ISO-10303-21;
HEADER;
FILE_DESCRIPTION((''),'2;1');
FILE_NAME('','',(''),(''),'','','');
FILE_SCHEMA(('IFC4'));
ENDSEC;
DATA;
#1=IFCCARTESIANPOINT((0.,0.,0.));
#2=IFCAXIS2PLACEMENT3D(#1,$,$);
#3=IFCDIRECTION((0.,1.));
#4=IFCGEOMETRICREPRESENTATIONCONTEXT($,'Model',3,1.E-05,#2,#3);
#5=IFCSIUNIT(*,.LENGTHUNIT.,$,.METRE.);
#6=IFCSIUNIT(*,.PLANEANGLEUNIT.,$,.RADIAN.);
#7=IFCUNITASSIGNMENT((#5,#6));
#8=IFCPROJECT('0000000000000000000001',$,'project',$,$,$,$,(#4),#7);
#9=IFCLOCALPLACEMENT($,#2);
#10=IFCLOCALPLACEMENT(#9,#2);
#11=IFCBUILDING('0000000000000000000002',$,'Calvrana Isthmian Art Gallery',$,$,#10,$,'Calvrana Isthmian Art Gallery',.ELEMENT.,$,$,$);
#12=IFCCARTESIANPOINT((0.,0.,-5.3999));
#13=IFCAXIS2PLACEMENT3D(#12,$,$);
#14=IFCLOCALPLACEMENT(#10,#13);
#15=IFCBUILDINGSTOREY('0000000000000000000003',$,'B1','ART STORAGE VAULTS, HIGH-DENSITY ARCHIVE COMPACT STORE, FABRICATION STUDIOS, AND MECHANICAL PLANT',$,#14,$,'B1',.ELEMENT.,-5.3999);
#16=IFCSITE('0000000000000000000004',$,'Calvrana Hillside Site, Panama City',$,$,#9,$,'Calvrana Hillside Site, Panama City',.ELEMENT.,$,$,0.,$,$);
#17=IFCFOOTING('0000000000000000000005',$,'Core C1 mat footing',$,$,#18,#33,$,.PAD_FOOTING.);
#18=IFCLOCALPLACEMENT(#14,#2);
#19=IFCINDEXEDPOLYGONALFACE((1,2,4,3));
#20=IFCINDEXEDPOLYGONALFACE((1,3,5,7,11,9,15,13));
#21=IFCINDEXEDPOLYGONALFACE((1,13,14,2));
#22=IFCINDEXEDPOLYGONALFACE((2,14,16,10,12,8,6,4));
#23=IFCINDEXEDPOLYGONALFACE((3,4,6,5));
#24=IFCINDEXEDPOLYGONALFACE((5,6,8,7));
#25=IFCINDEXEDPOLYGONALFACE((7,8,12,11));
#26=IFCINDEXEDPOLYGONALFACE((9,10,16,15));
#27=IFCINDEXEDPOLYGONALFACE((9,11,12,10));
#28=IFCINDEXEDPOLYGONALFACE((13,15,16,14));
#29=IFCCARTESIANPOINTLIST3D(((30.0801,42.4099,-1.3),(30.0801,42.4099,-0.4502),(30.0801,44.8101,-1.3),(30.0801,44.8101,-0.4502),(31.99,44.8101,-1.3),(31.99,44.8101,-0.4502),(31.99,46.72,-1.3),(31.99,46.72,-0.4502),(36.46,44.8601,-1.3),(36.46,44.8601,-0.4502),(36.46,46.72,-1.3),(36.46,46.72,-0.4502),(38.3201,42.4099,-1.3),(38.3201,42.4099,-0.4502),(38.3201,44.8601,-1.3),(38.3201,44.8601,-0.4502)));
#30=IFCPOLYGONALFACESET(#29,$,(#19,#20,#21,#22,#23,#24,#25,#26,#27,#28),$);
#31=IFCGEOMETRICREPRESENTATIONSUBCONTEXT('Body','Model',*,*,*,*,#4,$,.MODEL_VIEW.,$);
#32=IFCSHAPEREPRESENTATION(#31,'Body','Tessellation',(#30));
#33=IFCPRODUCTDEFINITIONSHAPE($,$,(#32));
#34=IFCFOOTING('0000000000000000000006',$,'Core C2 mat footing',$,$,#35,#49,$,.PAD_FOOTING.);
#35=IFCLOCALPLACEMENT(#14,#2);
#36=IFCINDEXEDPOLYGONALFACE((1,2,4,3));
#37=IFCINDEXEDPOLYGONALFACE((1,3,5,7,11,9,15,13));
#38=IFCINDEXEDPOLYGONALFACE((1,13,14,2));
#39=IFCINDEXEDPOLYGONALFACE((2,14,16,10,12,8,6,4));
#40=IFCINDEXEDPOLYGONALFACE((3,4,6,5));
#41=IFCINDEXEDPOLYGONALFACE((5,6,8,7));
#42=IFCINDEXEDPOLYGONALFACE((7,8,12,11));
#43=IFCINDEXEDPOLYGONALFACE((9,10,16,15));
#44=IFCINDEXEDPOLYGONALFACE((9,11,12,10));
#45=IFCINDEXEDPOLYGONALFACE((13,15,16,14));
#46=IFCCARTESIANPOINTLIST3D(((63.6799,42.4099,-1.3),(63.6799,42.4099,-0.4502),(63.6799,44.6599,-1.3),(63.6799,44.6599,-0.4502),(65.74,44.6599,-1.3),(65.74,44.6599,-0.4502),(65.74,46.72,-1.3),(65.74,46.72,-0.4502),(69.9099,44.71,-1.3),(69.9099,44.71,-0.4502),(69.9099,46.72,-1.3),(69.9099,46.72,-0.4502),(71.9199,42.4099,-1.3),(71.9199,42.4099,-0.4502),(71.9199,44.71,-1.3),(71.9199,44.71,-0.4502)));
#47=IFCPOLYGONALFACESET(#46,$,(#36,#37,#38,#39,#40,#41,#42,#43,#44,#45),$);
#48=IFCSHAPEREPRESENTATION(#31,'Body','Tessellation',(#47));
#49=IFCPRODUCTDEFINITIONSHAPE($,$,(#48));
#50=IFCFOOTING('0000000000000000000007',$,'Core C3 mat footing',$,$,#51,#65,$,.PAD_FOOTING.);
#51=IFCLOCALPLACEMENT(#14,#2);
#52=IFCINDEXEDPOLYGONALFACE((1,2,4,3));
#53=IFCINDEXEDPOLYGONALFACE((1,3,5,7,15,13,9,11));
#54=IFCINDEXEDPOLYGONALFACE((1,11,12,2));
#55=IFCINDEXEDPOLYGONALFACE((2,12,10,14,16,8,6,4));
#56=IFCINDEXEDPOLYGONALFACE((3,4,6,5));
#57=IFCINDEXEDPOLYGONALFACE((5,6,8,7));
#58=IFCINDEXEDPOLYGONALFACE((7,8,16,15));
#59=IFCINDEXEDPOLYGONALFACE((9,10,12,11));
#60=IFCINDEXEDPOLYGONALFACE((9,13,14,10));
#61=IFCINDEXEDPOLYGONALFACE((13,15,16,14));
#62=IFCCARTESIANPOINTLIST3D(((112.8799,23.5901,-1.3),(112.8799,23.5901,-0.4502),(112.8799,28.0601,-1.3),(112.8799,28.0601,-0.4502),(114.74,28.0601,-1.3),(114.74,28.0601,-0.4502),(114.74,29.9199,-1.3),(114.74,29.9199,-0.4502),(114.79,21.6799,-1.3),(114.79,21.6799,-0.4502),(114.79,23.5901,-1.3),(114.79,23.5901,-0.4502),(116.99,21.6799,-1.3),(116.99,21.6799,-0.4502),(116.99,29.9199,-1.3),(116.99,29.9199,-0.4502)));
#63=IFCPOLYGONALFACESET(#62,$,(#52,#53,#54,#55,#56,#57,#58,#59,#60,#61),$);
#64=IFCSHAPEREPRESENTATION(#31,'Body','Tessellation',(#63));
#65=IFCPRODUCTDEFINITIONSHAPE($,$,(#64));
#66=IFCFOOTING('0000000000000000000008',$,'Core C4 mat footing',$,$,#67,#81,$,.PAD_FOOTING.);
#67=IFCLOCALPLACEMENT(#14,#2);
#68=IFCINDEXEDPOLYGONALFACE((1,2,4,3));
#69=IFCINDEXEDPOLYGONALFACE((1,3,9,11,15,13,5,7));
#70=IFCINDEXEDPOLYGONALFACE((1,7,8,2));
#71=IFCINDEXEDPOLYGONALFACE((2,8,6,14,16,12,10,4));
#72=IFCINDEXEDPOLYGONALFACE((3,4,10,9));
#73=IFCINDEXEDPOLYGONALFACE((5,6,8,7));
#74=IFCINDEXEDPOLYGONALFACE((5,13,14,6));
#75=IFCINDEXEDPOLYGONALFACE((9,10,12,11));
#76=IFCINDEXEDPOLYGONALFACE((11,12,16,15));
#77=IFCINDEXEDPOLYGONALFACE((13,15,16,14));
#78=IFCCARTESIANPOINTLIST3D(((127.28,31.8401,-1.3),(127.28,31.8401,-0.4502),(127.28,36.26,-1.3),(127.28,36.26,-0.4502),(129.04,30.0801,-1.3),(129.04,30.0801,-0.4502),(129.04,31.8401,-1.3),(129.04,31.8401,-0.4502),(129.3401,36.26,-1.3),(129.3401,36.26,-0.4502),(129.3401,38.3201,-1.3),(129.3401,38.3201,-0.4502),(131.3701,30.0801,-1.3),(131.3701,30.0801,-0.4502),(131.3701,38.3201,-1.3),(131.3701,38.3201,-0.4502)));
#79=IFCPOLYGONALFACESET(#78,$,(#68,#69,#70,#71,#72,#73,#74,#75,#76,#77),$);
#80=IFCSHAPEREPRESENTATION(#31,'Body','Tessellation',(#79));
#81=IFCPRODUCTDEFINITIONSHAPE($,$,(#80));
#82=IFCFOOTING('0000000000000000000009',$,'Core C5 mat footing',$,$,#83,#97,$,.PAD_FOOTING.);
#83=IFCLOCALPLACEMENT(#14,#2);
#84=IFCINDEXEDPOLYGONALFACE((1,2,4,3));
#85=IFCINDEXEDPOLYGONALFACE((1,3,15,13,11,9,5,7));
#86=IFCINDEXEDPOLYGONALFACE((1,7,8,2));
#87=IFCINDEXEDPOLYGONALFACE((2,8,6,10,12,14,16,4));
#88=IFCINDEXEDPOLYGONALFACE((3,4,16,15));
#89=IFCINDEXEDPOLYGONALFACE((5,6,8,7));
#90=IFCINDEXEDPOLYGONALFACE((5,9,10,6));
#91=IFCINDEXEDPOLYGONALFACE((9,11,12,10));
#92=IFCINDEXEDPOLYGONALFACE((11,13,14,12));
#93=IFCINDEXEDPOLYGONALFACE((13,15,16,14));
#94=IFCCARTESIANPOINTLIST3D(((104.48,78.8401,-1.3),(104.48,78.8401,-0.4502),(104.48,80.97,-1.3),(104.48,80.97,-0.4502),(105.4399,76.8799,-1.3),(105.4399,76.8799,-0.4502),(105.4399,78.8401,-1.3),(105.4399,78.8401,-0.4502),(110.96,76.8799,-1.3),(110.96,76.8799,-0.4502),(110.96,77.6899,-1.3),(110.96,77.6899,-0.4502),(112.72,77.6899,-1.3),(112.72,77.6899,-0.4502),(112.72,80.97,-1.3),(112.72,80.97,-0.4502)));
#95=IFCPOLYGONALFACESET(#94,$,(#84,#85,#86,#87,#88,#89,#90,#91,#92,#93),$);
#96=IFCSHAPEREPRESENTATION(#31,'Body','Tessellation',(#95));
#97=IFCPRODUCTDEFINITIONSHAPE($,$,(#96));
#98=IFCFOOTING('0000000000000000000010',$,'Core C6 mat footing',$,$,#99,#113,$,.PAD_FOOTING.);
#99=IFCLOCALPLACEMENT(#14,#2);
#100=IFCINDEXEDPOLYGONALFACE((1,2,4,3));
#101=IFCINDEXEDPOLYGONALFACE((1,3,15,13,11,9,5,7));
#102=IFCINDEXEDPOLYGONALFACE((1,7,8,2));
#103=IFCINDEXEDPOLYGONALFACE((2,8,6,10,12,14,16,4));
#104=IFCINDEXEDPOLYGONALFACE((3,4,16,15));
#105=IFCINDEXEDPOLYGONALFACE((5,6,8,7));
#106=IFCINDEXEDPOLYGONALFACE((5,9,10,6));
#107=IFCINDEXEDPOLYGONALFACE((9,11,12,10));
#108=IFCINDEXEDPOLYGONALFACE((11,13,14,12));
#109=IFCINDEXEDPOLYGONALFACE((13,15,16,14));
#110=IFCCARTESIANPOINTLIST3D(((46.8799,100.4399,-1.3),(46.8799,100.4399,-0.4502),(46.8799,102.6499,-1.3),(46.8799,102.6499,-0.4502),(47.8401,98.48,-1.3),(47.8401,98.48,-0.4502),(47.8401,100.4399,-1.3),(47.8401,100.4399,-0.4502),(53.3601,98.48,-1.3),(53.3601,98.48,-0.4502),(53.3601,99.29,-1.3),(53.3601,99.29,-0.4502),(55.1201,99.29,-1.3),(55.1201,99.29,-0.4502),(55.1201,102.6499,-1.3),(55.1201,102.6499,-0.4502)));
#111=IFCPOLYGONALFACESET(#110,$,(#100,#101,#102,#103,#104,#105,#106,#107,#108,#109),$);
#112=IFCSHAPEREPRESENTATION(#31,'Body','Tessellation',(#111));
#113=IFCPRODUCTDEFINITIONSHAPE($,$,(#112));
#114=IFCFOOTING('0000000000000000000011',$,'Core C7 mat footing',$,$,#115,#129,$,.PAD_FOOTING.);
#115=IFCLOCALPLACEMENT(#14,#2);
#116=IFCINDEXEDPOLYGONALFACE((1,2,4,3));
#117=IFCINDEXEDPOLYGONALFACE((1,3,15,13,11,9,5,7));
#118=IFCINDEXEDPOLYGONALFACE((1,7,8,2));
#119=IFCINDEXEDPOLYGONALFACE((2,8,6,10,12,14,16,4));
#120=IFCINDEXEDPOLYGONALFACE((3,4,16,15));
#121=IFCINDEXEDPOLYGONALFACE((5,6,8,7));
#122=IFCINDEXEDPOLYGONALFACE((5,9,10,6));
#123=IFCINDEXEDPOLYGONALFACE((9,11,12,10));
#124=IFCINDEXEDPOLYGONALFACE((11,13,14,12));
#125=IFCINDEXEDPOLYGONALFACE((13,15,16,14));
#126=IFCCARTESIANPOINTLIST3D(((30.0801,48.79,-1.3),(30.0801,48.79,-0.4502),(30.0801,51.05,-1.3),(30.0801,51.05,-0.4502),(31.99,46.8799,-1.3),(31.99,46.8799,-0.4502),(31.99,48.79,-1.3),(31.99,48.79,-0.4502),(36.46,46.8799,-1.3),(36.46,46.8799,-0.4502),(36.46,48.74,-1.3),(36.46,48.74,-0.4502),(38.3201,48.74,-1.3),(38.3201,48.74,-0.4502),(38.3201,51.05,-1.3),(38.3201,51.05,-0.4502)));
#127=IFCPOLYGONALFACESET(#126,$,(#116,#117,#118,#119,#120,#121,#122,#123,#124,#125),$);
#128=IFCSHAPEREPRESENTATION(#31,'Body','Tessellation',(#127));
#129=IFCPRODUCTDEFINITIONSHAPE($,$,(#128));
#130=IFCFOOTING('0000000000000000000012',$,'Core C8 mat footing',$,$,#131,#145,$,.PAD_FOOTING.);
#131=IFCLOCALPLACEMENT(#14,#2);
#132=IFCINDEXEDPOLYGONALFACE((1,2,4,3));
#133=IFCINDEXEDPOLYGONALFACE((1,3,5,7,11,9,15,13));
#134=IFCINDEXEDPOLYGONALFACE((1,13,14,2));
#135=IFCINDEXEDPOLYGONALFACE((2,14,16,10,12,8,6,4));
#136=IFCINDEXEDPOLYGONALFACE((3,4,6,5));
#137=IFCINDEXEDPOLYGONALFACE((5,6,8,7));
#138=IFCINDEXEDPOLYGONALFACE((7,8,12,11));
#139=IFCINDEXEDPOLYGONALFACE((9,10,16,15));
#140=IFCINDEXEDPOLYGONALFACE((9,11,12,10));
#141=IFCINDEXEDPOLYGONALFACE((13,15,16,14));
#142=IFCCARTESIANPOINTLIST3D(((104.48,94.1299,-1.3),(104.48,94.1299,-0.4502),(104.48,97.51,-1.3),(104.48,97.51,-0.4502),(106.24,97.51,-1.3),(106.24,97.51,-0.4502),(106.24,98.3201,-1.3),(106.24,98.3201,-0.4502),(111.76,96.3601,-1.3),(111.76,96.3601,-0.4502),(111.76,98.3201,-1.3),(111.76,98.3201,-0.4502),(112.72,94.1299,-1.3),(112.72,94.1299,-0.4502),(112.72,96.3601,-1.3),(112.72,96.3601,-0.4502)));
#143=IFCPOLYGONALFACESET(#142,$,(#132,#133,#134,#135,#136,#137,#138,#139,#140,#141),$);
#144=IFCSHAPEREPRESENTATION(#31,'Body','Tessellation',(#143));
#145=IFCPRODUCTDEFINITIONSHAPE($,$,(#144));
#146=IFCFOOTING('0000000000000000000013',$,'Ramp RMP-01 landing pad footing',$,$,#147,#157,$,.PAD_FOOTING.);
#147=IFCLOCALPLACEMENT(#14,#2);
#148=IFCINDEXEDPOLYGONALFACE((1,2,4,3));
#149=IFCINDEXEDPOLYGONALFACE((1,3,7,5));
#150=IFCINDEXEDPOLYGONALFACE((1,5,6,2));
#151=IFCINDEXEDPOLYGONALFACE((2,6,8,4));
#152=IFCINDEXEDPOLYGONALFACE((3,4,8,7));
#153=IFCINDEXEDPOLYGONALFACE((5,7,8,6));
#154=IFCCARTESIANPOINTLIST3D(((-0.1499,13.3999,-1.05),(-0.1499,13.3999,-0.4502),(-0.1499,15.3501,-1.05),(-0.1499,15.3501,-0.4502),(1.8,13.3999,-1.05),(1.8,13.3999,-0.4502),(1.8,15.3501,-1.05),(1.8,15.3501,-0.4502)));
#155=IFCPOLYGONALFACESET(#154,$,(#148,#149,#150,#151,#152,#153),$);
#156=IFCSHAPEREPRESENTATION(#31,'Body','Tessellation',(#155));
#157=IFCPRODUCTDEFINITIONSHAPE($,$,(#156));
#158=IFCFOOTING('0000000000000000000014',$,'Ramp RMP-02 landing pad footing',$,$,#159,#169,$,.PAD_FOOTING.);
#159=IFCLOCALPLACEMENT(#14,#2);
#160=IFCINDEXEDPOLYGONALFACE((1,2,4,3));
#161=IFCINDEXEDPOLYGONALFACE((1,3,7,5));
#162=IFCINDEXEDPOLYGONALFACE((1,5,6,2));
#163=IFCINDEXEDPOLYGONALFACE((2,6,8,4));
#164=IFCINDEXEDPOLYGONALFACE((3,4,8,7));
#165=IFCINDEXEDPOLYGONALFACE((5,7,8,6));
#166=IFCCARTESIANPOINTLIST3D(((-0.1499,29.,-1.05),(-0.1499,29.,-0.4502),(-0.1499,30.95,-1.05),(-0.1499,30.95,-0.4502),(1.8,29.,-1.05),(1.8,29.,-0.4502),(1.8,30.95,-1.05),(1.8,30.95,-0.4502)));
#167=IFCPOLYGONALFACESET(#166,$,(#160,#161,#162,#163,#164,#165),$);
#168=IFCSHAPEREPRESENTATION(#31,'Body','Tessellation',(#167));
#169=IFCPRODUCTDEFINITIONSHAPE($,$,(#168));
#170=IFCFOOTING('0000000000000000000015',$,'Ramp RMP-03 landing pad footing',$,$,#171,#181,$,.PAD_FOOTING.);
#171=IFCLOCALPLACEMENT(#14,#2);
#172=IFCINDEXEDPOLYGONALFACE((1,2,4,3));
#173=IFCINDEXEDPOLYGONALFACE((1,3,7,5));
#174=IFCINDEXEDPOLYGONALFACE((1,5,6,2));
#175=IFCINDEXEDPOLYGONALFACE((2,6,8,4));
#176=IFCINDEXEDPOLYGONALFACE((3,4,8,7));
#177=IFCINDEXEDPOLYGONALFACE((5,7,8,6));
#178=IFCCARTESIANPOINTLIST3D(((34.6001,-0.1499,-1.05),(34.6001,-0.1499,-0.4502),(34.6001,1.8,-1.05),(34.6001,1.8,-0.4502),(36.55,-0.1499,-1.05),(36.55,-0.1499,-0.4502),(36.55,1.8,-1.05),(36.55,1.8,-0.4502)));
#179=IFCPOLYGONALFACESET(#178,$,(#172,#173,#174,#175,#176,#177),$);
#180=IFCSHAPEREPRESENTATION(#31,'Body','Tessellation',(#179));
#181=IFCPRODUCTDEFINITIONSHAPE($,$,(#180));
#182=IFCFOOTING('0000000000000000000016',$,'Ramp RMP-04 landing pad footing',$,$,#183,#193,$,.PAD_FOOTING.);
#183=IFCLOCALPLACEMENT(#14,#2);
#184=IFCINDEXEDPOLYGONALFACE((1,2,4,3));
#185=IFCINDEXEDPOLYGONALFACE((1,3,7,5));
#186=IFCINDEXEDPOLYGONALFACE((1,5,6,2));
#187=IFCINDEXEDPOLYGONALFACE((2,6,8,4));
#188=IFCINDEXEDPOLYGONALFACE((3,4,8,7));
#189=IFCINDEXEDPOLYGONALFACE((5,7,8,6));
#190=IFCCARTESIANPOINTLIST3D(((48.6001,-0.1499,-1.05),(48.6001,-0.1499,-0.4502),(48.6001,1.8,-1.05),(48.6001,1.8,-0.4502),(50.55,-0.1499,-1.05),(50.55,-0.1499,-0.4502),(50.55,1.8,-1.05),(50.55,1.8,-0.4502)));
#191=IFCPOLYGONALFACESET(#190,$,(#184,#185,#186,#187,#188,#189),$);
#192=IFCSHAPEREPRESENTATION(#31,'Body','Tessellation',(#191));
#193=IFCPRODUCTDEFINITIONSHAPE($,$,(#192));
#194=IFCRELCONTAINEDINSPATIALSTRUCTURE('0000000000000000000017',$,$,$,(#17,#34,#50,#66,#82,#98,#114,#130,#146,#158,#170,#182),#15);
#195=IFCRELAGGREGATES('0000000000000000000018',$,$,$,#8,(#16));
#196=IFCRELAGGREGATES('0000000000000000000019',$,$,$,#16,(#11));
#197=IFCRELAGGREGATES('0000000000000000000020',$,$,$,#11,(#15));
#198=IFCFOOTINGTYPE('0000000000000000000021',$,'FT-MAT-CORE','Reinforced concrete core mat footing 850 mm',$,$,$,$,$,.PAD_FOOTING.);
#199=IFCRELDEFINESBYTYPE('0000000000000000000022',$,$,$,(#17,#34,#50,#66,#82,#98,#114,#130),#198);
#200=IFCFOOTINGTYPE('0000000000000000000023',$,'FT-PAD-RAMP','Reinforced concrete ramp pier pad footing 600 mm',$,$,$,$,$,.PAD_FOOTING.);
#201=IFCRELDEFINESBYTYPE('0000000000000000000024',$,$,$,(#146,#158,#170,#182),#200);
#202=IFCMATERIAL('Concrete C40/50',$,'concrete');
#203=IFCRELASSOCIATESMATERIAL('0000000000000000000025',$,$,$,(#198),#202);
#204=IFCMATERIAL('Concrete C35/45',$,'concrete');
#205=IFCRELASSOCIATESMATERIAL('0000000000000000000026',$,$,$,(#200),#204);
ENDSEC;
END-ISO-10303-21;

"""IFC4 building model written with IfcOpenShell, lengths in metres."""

from ifc_helpers import new_model, si_unit, direction, frame, origin, place, context, subcontext, project, spatial, polyline, outline, extrude, material, type_object, element, save


model = new_model("IFC4")

# Units and contexts
model_context = context("Model", 3, precision=1e-05, world=origin(), true_north=direction((0.0, 1.0)))
body_context = subcontext(model_context, "Body", "Model", "MODEL_VIEW")
ifc_project = project(units=[si_unit("LENGTHUNIT", "METRE"), si_unit("PLANEANGLEUNIT", "RADIAN")], contexts=[model_context])

# Site, building, storey
site_placement = place(None, origin())
site = spatial("IfcSite", under=ifc_project, at=site_placement, Name="Calvrana Hillside Site, Panama City", LongName="Calvrana Hillside Site, Panama City", CompositionType="ELEMENT", RefElevation=0.0)
building_placement = place(site_placement, origin())
building = spatial("IfcBuilding", under=site, at=building_placement, Name="Calvrana Isthmian Art Gallery", LongName="Calvrana Isthmian Art Gallery", CompositionType="ELEMENT")
storey_placement = place(building_placement, frame((0.0, 0.0, -5.3999)))
storey = spatial("IfcBuildingStorey", under=building, at=storey_placement, Name="B1", Description="ART STORAGE VAULTS, HIGH-DENSITY ARCHIVE COMPACT STORE, FABRICATION STUDIOS, AND MECHANICAL PLANT", LongName="B1", CompositionType="ELEMENT", Elevation=-5.3999)

# Footings
ifc_material_1 = material(Name="Concrete C40/50", Category="concrete")
footing_type_1 = type_object("IfcFootingType", Name="FT-MAT-CORE", Description="Reinforced concrete core mat footing 850 mm", PredefinedType="PAD_FOOTING", material=ifc_material_1)
footing_1_placement = place(storey_placement, frame((0.0, 0.0, -1.3)))
element("IfcFooting", 1, at=footing_1_placement, inside=storey, type_object=footing_type_1, Name="Core C1 mat footing", PredefinedType="PAD_FOOTING", context=body_context, shape_type="SweptSolid", body=[
    extrude(outline(polyline([(38.3201, 42.4099), (30.0801, 42.4099), (30.0801, 44.8101), (31.99, 44.8101), (31.99, 46.72), (36.46, 46.72), (36.46, 44.8601), (38.3201, 44.8601), (38.3201, 42.4099)])), origin(), (0.0, 0.0, 1.0), 0.8499),
])
footing_2_placement = place(storey_placement, frame((0.0, 0.0, -1.3)))
element("IfcFooting", 2, at=footing_2_placement, inside=storey, type_object=footing_type_1, Name="Core C2 mat footing", PredefinedType="PAD_FOOTING", context=body_context, shape_type="SweptSolid", body=[
    extrude(outline(polyline([(71.9199, 42.4099), (63.6799, 42.4099), (63.6799, 44.6599), (65.74, 44.6599), (65.74, 46.72), (69.9099, 46.72), (69.9099, 44.71), (71.9199, 44.71), (71.9199, 42.4099)])), origin(), (0.0, 0.0, 1.0), 0.8499),
])
footing_3_placement = place(storey_placement, frame((0.0, 0.0, -1.3)))
element("IfcFooting", 3, at=footing_3_placement, inside=storey, type_object=footing_type_1, Name="Core C3 mat footing", PredefinedType="PAD_FOOTING", context=body_context, shape_type="SweptSolid", body=[
    extrude(outline(polyline([(116.99, 29.9199), (116.99, 21.6799), (114.79, 21.6799), (114.79, 23.5901), (112.8799, 23.5901), (112.8799, 28.0601), (114.74, 28.0601), (114.74, 29.9199), (116.99, 29.9199)])), origin(), (0.0, 0.0, 1.0), 0.8499),
])
footing_4_placement = place(storey_placement, frame((0.0, 0.0, -1.3)))
element("IfcFooting", 4, at=footing_4_placement, inside=storey, type_object=footing_type_1, Name="Core C4 mat footing", PredefinedType="PAD_FOOTING", context=body_context, shape_type="SweptSolid", body=[
    extrude(outline(polyline([(131.3701, 38.3201), (131.3701, 30.0801), (129.04, 30.0801), (129.04, 31.8401), (127.28, 31.8401), (127.28, 36.26), (129.3401, 36.26), (129.3401, 38.3201), (131.3701, 38.3201)])), origin(), (0.0, 0.0, 1.0), 0.8499),
])
footing_5_placement = place(storey_placement, frame((0.0, 0.0, -1.3)))
element("IfcFooting", 5, at=footing_5_placement, inside=storey, type_object=footing_type_1, Name="Core C5 mat footing", PredefinedType="PAD_FOOTING", context=body_context, shape_type="SweptSolid", body=[
    extrude(outline(polyline([(112.72, 80.97), (112.72, 77.6899), (110.96, 77.6899), (110.96, 76.8799), (105.4399, 76.8799), (105.4399, 78.8401), (104.48, 78.8401), (104.48, 80.97), (112.72, 80.97)])), origin(), (0.0, 0.0, 1.0), 0.8499),
])
footing_6_placement = place(storey_placement, frame((0.0, 0.0, -1.3)))
element("IfcFooting", 6, at=footing_6_placement, inside=storey, type_object=footing_type_1, Name="Core C6 mat footing", PredefinedType="PAD_FOOTING", context=body_context, shape_type="SweptSolid", body=[
    extrude(outline(polyline([(55.1201, 102.6499), (55.1201, 99.29), (53.3601, 99.29), (53.3601, 98.48), (47.8401, 98.48), (47.8401, 100.4399), (46.8799, 100.4399), (46.8799, 102.6499), (55.1201, 102.6499)])), origin(), (0.0, 0.0, 1.0), 0.8499),
])
footing_7_placement = place(storey_placement, frame((0.0, 0.0, -1.3)))
element("IfcFooting", 7, at=footing_7_placement, inside=storey, type_object=footing_type_1, Name="Core C7 mat footing", PredefinedType="PAD_FOOTING", context=body_context, shape_type="SweptSolid", body=[
    extrude(outline(polyline([(38.3201, 51.05), (38.3201, 48.74), (36.46, 48.74), (36.46, 46.8799), (31.99, 46.8799), (31.99, 48.79), (30.0801, 48.79), (30.0801, 51.05), (38.3201, 51.05)])), origin(), (0.0, 0.0, 1.0), 0.8499),
])
footing_8_placement = place(storey_placement, frame((0.0, 0.0, -1.3)))
element("IfcFooting", 8, at=footing_8_placement, inside=storey, type_object=footing_type_1, Name="Core C8 mat footing", PredefinedType="PAD_FOOTING", context=body_context, shape_type="SweptSolid", body=[
    extrude(outline(polyline([(112.72, 94.1299), (104.48, 94.1299), (104.48, 97.51), (106.24, 97.51), (106.24, 98.3201), (111.76, 98.3201), (111.76, 96.3601), (112.72, 96.3601), (112.72, 94.1299)])), origin(), (0.0, 0.0, 1.0), 0.8499),
])
ifc_material_2 = material(Name="Concrete C35/45", Category="concrete")
footing_type_2 = type_object("IfcFootingType", Name="FT-PAD-RAMP", Description="Reinforced concrete ramp pier pad footing 600 mm", PredefinedType="PAD_FOOTING", material=ifc_material_2)
footing_9_placement = place(storey_placement, frame((0.0, 0.0, -1.05)))
element("IfcFooting", 9, at=footing_9_placement, inside=storey, type_object=footing_type_2, Name="Ramp RMP-01 landing pad footing", PredefinedType="PAD_FOOTING", context=body_context, shape_type="SweptSolid", body=[
    extrude(outline(polyline([(1.8, 13.3999), (1.8, 15.3501), (-0.1499, 15.3501), (-0.1499, 13.3999), (1.8, 13.3999)])), origin(), (0.0, 0.0, 1.0), 0.5999),
])
footing_10_placement = place(storey_placement, frame((0.0, 0.0, -1.05)))
element("IfcFooting", 10, at=footing_10_placement, inside=storey, type_object=footing_type_2, Name="Ramp RMP-02 landing pad footing", PredefinedType="PAD_FOOTING", context=body_context, shape_type="SweptSolid", body=[
    extrude(outline(polyline([(1.8, 29.0), (1.8, 30.95), (-0.1499, 30.95), (-0.1499, 29.0), (1.8, 29.0)])), origin(), (0.0, 0.0, 1.0), 0.5999),
])
footing_11_placement = place(storey_placement, frame((0.0, 0.0, -1.05)))
element("IfcFooting", 11, at=footing_11_placement, inside=storey, type_object=footing_type_2, Name="Ramp RMP-03 landing pad footing", PredefinedType="PAD_FOOTING", context=body_context, shape_type="SweptSolid", body=[
    extrude(outline(polyline([(36.55, -0.1499), (36.55, 1.8), (34.6001, 1.8), (34.6001, -0.1499), (36.55, -0.1499)])), origin(), (0.0, 0.0, 1.0), 0.5999),
])
footing_12_placement = place(storey_placement, frame((0.0, 0.0, -1.05)))
element("IfcFooting", 12, at=footing_12_placement, inside=storey, type_object=footing_type_2, Name="Ramp RMP-04 landing pad footing", PredefinedType="PAD_FOOTING", context=body_context, shape_type="SweptSolid", body=[
    extrude(outline(polyline([(50.55, -0.1499), (50.55, 1.8), (48.6001, 1.8), (48.6001, -0.1499), (50.55, -0.1499)])), origin(), (0.0, 0.0, 1.0), 0.5999),
])

save(model, "model.ifc")
